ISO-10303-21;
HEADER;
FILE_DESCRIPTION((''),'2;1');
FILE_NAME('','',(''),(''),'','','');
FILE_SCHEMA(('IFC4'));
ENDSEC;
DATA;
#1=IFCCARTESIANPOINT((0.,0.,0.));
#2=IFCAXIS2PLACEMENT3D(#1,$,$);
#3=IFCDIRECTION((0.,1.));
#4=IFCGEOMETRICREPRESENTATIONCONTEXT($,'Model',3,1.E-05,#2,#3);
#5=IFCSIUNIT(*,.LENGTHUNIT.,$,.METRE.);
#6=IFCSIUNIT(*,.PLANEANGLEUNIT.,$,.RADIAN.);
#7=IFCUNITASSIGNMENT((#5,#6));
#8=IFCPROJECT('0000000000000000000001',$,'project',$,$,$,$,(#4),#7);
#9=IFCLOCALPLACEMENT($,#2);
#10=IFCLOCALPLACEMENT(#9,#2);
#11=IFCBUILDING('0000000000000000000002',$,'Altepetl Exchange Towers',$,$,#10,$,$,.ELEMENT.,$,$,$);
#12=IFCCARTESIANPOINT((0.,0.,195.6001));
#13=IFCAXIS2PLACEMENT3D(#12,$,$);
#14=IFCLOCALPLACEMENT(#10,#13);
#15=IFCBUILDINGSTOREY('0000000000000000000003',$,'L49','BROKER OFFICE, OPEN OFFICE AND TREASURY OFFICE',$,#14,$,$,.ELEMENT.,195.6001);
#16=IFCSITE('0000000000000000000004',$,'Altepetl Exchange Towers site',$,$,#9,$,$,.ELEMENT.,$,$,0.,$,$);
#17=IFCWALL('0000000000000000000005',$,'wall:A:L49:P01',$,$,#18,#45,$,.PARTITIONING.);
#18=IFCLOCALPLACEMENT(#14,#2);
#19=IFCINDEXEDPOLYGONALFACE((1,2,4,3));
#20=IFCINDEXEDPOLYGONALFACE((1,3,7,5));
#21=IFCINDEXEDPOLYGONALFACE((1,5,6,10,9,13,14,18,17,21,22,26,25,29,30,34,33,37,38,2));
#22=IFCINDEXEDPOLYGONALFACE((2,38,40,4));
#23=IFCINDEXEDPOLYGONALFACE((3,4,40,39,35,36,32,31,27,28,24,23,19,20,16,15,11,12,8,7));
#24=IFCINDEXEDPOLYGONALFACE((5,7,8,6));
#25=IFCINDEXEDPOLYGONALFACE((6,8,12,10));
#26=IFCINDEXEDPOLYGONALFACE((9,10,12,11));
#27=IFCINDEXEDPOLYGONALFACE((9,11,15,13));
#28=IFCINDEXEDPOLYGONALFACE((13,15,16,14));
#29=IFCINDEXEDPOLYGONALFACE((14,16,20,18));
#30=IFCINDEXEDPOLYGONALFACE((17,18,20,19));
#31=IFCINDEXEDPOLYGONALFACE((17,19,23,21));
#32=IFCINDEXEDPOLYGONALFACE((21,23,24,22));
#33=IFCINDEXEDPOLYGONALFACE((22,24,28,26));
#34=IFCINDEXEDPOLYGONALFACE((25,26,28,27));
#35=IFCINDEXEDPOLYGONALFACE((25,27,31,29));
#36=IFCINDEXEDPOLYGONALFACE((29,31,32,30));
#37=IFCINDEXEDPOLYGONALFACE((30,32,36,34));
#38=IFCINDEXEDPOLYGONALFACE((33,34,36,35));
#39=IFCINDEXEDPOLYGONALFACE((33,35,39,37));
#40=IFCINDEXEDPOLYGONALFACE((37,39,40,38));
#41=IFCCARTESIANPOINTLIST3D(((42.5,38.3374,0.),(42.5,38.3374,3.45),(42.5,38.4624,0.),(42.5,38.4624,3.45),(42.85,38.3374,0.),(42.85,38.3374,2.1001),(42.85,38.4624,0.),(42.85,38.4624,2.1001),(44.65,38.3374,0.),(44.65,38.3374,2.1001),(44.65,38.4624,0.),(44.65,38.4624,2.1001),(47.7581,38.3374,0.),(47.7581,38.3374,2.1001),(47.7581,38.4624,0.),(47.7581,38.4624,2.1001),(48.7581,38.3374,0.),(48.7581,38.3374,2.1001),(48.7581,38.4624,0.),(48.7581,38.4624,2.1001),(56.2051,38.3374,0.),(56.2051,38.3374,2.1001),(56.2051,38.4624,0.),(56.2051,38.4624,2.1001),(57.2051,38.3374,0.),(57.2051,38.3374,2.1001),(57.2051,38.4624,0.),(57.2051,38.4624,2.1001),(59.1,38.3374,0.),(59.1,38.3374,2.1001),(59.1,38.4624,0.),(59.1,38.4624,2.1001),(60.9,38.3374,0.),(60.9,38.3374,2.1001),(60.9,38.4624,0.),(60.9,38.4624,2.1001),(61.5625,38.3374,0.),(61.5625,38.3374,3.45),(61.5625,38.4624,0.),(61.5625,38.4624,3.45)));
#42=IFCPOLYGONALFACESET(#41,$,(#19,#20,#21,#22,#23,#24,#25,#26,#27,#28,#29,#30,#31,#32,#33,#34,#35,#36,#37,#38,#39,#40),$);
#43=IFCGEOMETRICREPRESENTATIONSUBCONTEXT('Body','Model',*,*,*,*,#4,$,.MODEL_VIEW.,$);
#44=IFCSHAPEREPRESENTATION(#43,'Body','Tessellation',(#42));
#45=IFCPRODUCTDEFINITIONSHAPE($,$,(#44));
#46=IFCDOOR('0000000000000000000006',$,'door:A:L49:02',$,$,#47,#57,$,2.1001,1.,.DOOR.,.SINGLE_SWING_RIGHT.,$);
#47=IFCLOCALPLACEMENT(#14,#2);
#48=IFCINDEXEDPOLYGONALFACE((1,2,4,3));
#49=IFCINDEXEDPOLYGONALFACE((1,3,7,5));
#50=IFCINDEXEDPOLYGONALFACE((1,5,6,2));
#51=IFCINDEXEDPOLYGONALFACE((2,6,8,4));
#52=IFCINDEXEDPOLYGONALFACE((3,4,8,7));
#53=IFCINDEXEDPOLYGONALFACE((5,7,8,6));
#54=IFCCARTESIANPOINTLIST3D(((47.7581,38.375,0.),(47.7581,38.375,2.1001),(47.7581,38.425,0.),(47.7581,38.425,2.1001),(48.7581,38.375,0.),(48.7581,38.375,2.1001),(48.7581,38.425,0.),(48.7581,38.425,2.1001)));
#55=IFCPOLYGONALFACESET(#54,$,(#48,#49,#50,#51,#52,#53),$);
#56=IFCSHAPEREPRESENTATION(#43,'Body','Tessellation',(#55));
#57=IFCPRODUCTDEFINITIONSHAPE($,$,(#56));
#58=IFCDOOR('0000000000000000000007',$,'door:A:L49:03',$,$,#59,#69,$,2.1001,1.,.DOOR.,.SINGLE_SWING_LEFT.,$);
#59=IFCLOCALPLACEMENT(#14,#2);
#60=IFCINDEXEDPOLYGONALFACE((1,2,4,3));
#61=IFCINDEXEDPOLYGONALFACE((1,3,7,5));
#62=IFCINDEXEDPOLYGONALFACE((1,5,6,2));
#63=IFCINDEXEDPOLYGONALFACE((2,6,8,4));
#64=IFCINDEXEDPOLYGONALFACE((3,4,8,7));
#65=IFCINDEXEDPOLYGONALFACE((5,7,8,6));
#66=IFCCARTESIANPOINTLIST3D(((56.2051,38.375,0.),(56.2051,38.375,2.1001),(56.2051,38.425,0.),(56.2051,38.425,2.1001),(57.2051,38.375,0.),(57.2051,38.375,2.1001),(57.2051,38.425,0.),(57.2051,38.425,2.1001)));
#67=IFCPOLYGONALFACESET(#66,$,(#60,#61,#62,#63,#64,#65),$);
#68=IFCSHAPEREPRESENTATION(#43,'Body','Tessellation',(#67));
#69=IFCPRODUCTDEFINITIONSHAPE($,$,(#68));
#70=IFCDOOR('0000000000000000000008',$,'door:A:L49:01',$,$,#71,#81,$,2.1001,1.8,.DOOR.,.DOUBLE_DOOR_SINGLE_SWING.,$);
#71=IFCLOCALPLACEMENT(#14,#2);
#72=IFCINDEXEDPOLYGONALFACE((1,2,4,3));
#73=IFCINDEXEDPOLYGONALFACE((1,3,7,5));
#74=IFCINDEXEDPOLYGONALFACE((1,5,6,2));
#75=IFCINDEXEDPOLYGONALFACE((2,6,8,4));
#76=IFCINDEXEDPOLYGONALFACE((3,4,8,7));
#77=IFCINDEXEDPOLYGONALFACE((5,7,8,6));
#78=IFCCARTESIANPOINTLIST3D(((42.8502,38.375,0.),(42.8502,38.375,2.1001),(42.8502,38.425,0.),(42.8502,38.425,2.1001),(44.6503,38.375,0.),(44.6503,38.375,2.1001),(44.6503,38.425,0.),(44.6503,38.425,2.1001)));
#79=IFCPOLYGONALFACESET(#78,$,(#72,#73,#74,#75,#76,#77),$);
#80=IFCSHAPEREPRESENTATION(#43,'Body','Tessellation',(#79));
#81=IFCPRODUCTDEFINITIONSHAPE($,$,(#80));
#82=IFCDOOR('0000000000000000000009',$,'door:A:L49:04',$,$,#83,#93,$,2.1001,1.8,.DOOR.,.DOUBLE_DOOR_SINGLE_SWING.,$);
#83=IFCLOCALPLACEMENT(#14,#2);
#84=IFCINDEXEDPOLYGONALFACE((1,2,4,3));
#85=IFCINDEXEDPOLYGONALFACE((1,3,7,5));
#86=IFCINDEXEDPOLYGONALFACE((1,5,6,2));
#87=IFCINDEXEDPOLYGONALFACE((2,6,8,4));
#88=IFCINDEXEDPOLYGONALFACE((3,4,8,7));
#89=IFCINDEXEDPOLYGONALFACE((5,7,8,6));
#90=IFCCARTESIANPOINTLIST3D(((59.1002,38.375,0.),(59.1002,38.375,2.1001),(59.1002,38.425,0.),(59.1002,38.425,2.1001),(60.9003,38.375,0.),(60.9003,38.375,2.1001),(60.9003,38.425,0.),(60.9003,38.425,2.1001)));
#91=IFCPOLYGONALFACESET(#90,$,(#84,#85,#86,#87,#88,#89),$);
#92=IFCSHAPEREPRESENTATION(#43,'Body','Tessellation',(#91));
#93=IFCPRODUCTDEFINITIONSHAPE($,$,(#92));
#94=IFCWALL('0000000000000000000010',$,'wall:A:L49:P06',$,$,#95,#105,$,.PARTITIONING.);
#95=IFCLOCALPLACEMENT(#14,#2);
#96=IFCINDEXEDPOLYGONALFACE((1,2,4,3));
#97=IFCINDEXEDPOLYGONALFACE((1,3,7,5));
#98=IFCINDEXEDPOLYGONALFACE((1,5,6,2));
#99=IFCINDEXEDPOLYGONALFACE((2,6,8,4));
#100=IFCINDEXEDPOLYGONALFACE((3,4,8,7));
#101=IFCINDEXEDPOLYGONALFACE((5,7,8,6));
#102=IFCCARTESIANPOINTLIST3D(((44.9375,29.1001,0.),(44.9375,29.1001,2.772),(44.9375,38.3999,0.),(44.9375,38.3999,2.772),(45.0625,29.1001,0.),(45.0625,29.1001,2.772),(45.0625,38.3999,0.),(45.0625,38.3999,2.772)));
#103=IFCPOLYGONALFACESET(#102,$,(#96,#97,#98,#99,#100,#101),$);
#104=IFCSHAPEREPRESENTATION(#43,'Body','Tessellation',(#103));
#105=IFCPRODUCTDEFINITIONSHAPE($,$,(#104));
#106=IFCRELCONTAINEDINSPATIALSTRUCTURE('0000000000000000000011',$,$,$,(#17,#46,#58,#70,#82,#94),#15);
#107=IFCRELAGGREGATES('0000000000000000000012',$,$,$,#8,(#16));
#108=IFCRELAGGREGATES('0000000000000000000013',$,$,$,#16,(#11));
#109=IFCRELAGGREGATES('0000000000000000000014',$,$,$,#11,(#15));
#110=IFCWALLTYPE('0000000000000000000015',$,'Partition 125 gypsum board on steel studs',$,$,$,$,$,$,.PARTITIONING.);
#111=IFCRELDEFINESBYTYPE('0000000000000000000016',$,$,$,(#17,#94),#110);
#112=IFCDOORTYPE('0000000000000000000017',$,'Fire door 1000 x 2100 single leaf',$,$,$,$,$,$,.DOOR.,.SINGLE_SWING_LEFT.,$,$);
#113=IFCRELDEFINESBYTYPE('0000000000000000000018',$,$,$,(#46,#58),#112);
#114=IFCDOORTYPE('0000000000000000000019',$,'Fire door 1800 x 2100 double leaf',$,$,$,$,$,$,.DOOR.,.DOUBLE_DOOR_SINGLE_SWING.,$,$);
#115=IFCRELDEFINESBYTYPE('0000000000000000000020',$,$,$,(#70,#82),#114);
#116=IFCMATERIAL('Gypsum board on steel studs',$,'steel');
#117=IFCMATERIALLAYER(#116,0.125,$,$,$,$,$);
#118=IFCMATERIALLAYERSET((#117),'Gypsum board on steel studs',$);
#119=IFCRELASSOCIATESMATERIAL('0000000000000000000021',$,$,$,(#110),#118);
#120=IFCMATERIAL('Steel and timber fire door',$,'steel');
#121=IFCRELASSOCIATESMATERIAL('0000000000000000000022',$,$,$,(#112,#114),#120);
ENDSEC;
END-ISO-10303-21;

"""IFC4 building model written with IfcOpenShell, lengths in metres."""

from ifc_helpers import new_model, si_unit, direction, frame, frame_2d, origin, place, context, subcontext, project, spatial, rectangle, extrude, material, layer, layer_set, type_object, element, fill, save


model = new_model("IFC4")

# Units and contexts
model_context = context("Model", 3, precision=1e-05, world=origin(), true_north=direction((0.0, 1.0)))
body_context = subcontext(model_context, "Body", "Model", "MODEL_VIEW")
ifc_project = project(units=[si_unit("LENGTHUNIT", "METRE"), si_unit("PLANEANGLEUNIT", "RADIAN")], contexts=[model_context])

# Site, building, storey
site_placement = place(None, origin())
site = spatial("IfcSite", under=ifc_project, at=site_placement, Name="Altepetl Exchange Towers site", CompositionType="ELEMENT", RefElevation=0.0)
building_placement = place(site_placement, origin())
building = spatial("IfcBuilding", under=site, at=building_placement, Name="Altepetl Exchange Towers", CompositionType="ELEMENT")
storey_placement = place(building_placement, frame((0.0, 0.0, 195.6001)))
storey = spatial("IfcBuildingStorey", under=building, at=storey_placement, Name="L49", Description="BROKER OFFICE, OPEN OFFICE AND TREASURY OFFICE", CompositionType="ELEMENT", Elevation=195.6001)

# Wall, openings, doors
ifc_material_1 = material(Name="Gypsum board on steel studs", Category="steel")
ifc_layer_1 = layer(ifc_material_1, 0.125)
ifc_layer_set_1 = layer_set([ifc_layer_1], Name="Gypsum board on steel studs")
wall_type_1 = type_object("IfcWallType", Name="Partition 125 gypsum board on steel studs", PredefinedType="PARTITIONING", material=ifc_layer_set_1)
wall_1_placement = place(storey_placement, frame((42.5, 38.3999, 0.0)))
wall_1 = element("IfcWall", 1, at=wall_1_placement, inside=storey, type_object=wall_type_1, Name="wall:A:L49:P01", PredefinedType="PARTITIONING", context=body_context, shape_type="SweptSolid", body=[
    extrude(rectangle(XDim=19.0625, YDim=0.125, at=frame_2d((9.5312, 0.0))), origin(), (0.0, 0.0, 1.0), 3.45),
])
opening_1_placement = place(wall_1_placement, frame((0.3501, 0.0, 0.0)))
opening_1 = element("IfcOpeningElement", 2, at=opening_1_placement, cuts=wall_1, PredefinedType="OPENING", context=body_context, shape_type="SweptSolid", body=[
    extrude(rectangle(XDim=1.8, YDim=2.1001, at=frame_2d((0.8999, 1.05))), frame((0.0, 0.0725, 0.0), z_axis=(0.0, -1.0, 0.0), x_axis=(1.0, 0.0, 0.0)), (0.0, 0.0, 1.0), 0.145),
])
opening_2_placement = place(wall_1_placement, frame((5.2581, 0.0, 0.0)))
opening_2 = element("IfcOpeningElement", 3, at=opening_2_placement, cuts=wall_1, PredefinedType="OPENING", context=body_context, shape_type="SweptSolid", body=[
    extrude(rectangle(XDim=1.0, YDim=2.1001, at=frame_2d((0.5, 1.05))), frame((0.0, 0.0725, 0.0), z_axis=(0.0, -1.0, 0.0), x_axis=(1.0, 0.0, 0.0)), (0.0, 0.0, 1.0), 0.145),
])
opening_3_placement = place(wall_1_placement, frame((13.7051, 0.0, 0.0)))
opening_3 = element("IfcOpeningElement", 4, at=opening_3_placement, cuts=wall_1, PredefinedType="OPENING", context=body_context, shape_type="SweptSolid", body=[
    extrude(rectangle(XDim=1.0, YDim=2.1001, at=frame_2d((0.5, 1.05))), frame((0.0, 0.0725, 0.0), z_axis=(0.0, -1.0, 0.0), x_axis=(1.0, 0.0, 0.0)), (0.0, 0.0, 1.0), 0.145),
])
opening_4_placement = place(wall_1_placement, frame((16.6001, 0.0, 0.0)))
opening_4 = element("IfcOpeningElement", 5, at=opening_4_placement, cuts=wall_1, PredefinedType="OPENING", context=body_context, shape_type="SweptSolid", body=[
    extrude(rectangle(XDim=1.8, YDim=2.1001, at=frame_2d((0.8999, 1.05))), frame((0.0, 0.0725, 0.0), z_axis=(0.0, -1.0, 0.0), x_axis=(1.0, 0.0, 0.0)), (0.0, 0.0, 1.0), 0.145),
])
ifc_material_2 = material(Name="Steel and timber fire door", Category="steel")
door_type_1 = type_object("IfcDoorType", Name="Fire door 1000 x 2100 single leaf", OperationType="SINGLE_SWING_LEFT", PredefinedType="DOOR", material=ifc_material_2)
door_1_placement = place(opening_2_placement, frame((1.0, 0.0, 0.0), x_axis=(-1.0, 0.0, 0.0)))
door_1 = element("IfcDoor", 6, at=door_1_placement, inside=storey, type_object=door_type_1, Name="door:A:L49:02", OperationType="SINGLE_SWING_RIGHT", OverallHeight=2.1001, OverallWidth=1.0, PredefinedType="DOOR", context=body_context, shape_type="SweptSolid", body=[
    extrude(rectangle(XDim=1.0, YDim=2.1001, at=frame_2d((0.5, 1.05))), frame((0.0, 0.0249, 0.0), z_axis=(0.0, -1.0, 0.0), x_axis=(1.0, 0.0, 0.0)), (0.0, 0.0, 1.0), 0.05),
])
fill(opening_2, door_1)
door_2_placement = place(opening_3_placement, frame((1.0, 0.0, 0.0), x_axis=(-1.0, 0.0, 0.0)))
door_2 = element("IfcDoor", 7, at=door_2_placement, inside=storey, type_object=door_type_1, Name="door:A:L49:03", OperationType="SINGLE_SWING_LEFT", OverallHeight=2.1001, OverallWidth=1.0, PredefinedType="DOOR", context=body_context, shape_type="SweptSolid", body=[
    extrude(rectangle(XDim=1.0, YDim=2.1001, at=frame_2d((0.5, 1.05))), frame((0.0, 0.0249, 0.0), z_axis=(0.0, -1.0, 0.0), x_axis=(1.0, 0.0, 0.0)), (0.0, 0.0, 1.0), 0.05),
])
fill(opening_3, door_2)
door_type_2 = type_object("IfcDoorType", Name="Fire door 1800 x 2100 double leaf", OperationType="DOUBLE_DOOR_SINGLE_SWING", PredefinedType="DOOR", material=ifc_material_2)
door_3_placement = place(opening_1_placement, frame((1.8, 0.0, 0.0), x_axis=(-1.0, 0.0, 0.0)))
door_3 = element("IfcDoor", 8, at=door_3_placement, inside=storey, type_object=door_type_2, Name="door:A:L49:01", OperationType="DOUBLE_DOOR_SINGLE_SWING", OverallHeight=2.1001, OverallWidth=1.8, PredefinedType="DOOR", context=body_context, shape_type="SweptSolid", body=[
    extrude(rectangle(XDim=1.8, YDim=2.1001, at=frame_2d((0.8999, 1.05))), frame((0.0, 0.0249, 0.0), z_axis=(0.0, -1.0, 0.0), x_axis=(1.0, 0.0, 0.0)), (0.0, 0.0, 1.0), 0.05),
])
fill(opening_1, door_3)
door_4_placement = place(opening_4_placement, frame((1.8, 0.0, 0.0), x_axis=(-1.0, 0.0, 0.0)))
door_4 = element("IfcDoor", 9, at=door_4_placement, inside=storey, type_object=door_type_2, Name="door:A:L49:04", OperationType="DOUBLE_DOOR_SINGLE_SWING", OverallHeight=2.1001, OverallWidth=1.8, PredefinedType="DOOR", context=body_context, shape_type="SweptSolid", body=[
    extrude(rectangle(XDim=1.8, YDim=2.1001, at=frame_2d((0.8999, 1.05))), frame((0.0, 0.0249, 0.0), z_axis=(0.0, -1.0, 0.0), x_axis=(1.0, 0.0, 0.0)), (0.0, 0.0, 1.0), 0.05),
])
fill(opening_4, door_4)

# Wall
wall_2_placement = place(storey_placement, frame((45.0, 29.1001, 0.0), z_axis=(0.0, 0.0, 1.0), x_axis=(0.0, 1.0, 0.0)))
element("IfcWall", 10, at=wall_2_placement, inside=storey, type_object=wall_type_1, Name="wall:A:L49:P06", PredefinedType="PARTITIONING", context=body_context, shape_type="SweptSolid", body=[
    extrude(rectangle(XDim=9.2998, YDim=0.125, at=frame_2d((4.6499, 0.0))), origin(), (0.0, 0.0, 1.0), 2.772),
])

save(model, "model.ifc")
